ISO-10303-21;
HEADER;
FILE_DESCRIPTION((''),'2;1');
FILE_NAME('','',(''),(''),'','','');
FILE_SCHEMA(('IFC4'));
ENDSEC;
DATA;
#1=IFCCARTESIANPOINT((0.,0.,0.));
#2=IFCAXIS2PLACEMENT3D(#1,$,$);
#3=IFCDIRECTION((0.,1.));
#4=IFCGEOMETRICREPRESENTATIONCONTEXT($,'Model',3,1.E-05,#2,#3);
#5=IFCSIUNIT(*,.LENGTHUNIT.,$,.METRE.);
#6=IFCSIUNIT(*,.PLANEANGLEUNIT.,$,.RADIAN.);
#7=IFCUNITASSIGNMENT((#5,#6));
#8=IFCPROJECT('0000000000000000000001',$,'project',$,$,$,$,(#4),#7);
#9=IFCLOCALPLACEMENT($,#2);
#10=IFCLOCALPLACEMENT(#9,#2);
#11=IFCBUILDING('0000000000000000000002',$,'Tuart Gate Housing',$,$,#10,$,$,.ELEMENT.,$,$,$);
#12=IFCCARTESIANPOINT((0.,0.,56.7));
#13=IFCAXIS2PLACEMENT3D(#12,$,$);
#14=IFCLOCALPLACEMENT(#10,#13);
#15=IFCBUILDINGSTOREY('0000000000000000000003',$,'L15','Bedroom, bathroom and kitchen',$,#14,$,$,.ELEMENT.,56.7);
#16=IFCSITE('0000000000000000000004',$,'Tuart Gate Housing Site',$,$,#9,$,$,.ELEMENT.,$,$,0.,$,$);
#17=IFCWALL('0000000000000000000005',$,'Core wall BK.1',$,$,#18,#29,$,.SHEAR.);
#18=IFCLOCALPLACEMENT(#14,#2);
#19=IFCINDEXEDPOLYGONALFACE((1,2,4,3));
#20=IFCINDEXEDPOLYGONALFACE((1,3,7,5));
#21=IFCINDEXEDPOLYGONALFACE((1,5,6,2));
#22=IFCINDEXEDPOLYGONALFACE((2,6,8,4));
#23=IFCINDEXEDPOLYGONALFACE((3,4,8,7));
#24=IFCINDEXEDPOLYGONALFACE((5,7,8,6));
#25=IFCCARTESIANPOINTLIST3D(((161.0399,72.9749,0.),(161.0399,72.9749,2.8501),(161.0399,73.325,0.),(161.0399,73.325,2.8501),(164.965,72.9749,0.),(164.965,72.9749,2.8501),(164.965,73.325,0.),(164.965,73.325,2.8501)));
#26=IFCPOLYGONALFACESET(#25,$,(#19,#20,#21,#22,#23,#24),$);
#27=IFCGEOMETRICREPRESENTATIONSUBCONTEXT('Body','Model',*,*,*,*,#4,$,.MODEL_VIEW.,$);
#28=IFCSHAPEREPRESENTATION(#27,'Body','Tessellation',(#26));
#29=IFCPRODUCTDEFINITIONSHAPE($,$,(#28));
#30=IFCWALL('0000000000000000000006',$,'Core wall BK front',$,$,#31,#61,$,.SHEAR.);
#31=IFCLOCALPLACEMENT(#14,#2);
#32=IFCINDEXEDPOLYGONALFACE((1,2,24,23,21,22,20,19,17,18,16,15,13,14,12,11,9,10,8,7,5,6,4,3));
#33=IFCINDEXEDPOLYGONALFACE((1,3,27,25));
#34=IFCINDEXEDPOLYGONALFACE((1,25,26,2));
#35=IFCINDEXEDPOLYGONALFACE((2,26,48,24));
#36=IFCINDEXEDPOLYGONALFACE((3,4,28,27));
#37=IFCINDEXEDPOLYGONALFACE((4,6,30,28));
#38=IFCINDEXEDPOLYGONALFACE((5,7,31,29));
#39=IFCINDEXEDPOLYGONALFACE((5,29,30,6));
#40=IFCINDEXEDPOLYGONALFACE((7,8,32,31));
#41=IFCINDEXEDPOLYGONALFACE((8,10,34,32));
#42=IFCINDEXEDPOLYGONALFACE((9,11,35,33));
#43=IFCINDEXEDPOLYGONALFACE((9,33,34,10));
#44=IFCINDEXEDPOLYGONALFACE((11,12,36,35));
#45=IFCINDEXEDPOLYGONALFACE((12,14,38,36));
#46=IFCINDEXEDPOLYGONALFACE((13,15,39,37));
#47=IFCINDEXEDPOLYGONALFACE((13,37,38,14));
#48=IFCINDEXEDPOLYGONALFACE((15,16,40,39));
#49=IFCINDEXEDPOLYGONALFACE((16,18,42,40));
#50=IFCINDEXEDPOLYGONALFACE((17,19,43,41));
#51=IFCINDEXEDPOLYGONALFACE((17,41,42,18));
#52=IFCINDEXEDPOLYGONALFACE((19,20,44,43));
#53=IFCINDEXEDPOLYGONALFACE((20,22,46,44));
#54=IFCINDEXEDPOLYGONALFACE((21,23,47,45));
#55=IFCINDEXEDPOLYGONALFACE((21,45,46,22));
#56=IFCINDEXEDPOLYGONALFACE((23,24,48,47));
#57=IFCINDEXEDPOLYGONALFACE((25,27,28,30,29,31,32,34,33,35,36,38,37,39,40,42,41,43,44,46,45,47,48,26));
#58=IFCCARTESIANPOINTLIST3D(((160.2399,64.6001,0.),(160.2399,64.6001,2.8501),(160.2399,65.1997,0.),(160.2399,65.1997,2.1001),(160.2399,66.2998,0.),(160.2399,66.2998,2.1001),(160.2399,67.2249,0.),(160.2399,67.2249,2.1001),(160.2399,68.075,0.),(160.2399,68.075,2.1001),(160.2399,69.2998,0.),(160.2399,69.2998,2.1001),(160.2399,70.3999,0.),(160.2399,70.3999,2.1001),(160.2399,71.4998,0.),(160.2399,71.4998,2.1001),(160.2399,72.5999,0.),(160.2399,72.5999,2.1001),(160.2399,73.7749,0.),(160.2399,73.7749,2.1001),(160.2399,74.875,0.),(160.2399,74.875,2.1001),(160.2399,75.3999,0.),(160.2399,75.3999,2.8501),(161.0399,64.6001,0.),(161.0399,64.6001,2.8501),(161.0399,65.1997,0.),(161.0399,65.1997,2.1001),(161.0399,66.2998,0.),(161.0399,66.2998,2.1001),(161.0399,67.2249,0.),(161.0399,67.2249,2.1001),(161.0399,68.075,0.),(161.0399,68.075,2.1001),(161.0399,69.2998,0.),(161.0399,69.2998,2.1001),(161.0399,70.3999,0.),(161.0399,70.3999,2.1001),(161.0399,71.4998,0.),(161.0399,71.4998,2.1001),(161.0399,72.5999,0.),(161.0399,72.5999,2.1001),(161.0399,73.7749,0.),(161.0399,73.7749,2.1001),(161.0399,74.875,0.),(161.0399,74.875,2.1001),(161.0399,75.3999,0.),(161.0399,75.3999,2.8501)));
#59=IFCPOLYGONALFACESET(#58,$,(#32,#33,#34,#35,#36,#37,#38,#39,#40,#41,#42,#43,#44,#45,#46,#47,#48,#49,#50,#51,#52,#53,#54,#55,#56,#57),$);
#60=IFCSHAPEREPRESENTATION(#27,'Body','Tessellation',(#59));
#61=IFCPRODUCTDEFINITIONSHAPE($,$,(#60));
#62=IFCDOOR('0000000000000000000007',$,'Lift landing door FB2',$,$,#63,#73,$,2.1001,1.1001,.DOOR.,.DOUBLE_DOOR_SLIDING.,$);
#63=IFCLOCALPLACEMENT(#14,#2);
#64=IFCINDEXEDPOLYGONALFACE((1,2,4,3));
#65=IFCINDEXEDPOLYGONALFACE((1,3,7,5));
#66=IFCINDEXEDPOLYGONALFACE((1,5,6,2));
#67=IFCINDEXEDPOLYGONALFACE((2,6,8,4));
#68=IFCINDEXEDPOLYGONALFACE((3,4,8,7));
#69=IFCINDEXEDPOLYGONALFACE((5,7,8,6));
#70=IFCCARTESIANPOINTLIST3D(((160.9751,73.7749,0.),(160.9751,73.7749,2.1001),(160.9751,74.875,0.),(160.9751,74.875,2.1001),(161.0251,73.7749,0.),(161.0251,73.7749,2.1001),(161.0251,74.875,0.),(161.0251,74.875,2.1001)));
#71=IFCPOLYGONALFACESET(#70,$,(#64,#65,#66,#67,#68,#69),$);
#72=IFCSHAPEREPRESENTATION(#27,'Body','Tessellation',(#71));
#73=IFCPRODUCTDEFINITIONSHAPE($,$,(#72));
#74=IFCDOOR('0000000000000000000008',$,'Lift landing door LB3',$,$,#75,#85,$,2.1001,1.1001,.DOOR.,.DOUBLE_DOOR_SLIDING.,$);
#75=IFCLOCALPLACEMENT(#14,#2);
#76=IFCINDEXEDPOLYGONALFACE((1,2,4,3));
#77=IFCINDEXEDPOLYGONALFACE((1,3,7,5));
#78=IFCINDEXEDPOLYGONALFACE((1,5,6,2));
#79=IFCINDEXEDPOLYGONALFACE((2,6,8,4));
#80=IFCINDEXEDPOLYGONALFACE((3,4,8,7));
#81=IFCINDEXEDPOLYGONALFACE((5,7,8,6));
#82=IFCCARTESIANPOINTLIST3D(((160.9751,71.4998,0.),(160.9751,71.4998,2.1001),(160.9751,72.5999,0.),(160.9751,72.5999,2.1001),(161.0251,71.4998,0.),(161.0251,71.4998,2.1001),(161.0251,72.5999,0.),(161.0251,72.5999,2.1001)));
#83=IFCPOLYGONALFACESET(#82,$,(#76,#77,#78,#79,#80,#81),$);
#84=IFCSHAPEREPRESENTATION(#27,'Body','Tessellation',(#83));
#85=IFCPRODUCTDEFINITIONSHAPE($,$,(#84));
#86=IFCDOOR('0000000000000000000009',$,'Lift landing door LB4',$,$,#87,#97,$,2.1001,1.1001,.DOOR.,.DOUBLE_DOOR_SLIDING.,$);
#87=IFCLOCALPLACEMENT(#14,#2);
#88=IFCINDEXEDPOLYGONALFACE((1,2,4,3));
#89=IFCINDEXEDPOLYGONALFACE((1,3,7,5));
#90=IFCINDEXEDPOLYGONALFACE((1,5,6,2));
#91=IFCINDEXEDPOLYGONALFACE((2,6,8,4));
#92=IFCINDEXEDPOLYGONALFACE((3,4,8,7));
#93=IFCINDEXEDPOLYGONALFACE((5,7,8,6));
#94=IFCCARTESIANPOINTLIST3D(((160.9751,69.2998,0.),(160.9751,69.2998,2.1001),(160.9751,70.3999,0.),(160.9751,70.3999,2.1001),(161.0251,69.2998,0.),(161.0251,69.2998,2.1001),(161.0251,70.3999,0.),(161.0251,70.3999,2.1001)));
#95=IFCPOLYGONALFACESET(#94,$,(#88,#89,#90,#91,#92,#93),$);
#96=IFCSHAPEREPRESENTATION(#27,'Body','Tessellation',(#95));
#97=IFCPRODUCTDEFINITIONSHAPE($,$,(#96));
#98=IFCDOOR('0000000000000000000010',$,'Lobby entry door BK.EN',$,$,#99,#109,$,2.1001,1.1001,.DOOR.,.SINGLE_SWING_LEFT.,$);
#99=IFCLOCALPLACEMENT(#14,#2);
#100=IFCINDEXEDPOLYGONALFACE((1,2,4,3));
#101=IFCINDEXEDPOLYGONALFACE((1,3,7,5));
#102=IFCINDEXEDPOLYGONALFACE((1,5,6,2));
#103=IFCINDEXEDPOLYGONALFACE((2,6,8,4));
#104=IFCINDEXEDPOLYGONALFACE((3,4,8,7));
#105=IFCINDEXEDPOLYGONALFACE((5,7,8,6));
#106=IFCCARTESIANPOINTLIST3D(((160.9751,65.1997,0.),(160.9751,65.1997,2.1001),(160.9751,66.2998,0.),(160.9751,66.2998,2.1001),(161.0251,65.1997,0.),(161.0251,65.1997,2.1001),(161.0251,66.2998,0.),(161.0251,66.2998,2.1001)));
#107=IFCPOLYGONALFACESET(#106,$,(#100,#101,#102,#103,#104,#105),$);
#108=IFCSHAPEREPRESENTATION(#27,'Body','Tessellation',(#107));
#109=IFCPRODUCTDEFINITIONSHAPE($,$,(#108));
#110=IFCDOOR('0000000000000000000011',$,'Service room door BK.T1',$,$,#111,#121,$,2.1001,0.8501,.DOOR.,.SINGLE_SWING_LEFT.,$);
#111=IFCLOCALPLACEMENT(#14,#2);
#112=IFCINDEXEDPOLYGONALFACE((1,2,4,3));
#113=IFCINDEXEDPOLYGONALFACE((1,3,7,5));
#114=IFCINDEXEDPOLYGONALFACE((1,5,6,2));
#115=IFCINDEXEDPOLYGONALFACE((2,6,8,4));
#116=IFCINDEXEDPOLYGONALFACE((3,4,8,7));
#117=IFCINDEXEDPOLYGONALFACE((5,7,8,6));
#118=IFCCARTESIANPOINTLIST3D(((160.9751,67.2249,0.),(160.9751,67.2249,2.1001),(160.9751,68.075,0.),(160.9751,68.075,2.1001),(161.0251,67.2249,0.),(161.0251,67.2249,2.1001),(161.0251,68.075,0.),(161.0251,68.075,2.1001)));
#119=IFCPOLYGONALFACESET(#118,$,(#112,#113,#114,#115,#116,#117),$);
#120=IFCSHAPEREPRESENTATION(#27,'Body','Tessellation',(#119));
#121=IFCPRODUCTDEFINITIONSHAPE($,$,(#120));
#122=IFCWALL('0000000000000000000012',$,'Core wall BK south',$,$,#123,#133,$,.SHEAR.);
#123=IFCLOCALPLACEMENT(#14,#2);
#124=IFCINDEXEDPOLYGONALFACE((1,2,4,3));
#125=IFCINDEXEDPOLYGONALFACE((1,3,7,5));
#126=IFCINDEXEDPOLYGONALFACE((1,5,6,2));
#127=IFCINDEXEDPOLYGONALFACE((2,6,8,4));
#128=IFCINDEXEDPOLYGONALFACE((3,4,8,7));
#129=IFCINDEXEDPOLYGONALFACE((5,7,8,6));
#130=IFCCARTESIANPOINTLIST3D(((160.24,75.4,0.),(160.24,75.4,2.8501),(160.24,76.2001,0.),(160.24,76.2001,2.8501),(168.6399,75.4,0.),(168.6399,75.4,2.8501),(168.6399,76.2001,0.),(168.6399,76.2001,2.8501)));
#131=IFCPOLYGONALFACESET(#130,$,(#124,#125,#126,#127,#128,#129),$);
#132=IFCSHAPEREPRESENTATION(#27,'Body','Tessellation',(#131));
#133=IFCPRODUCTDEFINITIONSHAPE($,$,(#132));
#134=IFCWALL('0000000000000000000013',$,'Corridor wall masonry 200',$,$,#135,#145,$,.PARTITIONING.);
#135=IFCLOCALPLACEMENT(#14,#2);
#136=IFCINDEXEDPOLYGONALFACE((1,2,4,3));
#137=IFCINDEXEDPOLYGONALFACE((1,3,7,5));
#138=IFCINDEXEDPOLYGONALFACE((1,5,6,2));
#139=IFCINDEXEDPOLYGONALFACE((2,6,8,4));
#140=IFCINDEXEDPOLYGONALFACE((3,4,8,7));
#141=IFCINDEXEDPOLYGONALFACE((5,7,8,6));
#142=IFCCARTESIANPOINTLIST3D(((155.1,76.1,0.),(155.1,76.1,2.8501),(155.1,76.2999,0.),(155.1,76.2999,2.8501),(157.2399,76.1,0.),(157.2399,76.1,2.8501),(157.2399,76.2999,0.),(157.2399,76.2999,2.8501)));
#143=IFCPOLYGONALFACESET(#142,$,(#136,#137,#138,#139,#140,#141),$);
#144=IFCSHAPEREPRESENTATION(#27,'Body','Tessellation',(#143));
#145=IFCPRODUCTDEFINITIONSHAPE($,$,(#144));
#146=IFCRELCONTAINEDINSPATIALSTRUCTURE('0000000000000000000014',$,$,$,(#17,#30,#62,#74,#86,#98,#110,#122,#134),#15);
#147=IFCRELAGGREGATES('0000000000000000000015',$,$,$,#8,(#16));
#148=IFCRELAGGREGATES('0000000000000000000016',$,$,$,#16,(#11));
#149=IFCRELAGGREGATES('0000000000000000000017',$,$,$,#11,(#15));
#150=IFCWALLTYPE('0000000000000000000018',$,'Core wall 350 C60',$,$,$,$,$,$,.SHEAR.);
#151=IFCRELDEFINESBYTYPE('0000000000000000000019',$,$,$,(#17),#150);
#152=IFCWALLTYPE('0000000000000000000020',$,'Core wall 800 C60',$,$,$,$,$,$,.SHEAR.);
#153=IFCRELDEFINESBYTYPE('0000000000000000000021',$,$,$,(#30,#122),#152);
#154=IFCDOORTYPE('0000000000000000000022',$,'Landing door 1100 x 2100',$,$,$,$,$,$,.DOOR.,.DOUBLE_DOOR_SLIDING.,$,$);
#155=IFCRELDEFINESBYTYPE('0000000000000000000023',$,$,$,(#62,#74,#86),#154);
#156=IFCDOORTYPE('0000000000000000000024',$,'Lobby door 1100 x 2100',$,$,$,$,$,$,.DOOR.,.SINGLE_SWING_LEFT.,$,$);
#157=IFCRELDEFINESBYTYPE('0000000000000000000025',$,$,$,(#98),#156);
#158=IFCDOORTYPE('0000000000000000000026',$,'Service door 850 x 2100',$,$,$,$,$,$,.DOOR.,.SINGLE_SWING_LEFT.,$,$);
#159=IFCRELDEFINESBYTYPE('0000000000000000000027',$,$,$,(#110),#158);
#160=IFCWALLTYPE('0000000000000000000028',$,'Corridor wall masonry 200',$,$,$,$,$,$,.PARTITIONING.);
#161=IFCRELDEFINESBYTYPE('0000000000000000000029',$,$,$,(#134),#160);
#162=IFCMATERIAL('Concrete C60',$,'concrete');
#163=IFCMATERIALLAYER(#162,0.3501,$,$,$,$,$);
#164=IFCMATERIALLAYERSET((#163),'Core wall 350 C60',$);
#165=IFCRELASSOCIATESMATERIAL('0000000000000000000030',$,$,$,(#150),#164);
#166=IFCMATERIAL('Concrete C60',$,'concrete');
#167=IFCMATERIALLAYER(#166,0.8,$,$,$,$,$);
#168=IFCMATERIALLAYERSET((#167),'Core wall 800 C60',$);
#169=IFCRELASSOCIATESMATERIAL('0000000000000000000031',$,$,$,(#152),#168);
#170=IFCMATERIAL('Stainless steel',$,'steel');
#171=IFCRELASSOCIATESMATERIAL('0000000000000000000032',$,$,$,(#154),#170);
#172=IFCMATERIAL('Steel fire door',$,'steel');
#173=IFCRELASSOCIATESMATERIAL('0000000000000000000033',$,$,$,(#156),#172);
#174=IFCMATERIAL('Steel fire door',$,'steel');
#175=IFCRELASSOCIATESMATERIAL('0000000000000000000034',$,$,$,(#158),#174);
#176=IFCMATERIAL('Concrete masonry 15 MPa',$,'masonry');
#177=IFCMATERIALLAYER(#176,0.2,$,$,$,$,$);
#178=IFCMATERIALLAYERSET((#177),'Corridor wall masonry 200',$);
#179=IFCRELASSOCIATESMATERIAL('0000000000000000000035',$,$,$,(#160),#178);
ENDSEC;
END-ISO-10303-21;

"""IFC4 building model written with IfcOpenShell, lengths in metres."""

from ifc_helpers import new_model, si_unit, direction, frame, frame_2d, origin, place, context, subcontext, project, spatial, rectangle, extrude, material, layer, layer_set, type_object, element, fill, save


model = new_model("IFC4")

# Units and contexts
model_context = context("Model", 3, precision=1e-05, world=origin(), true_north=direction((0.0, 1.0)))
body_context = subcontext(model_context, "Body", "Model", "MODEL_VIEW")
ifc_project = project(units=[si_unit("LENGTHUNIT", "METRE"), si_unit("PLANEANGLEUNIT", "RADIAN")], contexts=[model_context])

# Site, building, storey
site_placement = place(None, origin())
site = spatial("IfcSite", under=ifc_project, at=site_placement, Name="Tuart Gate Housing Site", CompositionType="ELEMENT", RefElevation=0.0)
building_placement = place(site_placement, origin())
building = spatial("IfcBuilding", under=site, at=building_placement, Name="Tuart Gate Housing", CompositionType="ELEMENT")
storey_placement = place(building_placement, frame((0.0, 0.0, 56.7)))
storey = spatial("IfcBuildingStorey", under=building, at=storey_placement, Name="L15", Description="Bedroom, bathroom and kitchen", CompositionType="ELEMENT", Elevation=56.7)

# Wall
ifc_material_1 = material(Name="Concrete C60", Category="concrete")
ifc_layer_1 = layer(ifc_material_1, 0.3501)
ifc_layer_set_1 = layer_set([ifc_layer_1], Name="Core wall 350 C60")
wall_type_1 = type_object("IfcWallType", Name="Core wall 350 C60", PredefinedType="SHEAR", material=ifc_layer_set_1)
wall_1_placement = place(storey_placement, frame((161.04, 73.1499, 0.0), z_axis=(0.0, 0.0, 1.0), x_axis=(1.0, 0.0, 0.0)))
element("IfcWall", 1, at=wall_1_placement, inside=storey, type_object=wall_type_1, Name="Core wall BK.1", PredefinedType="SHEAR", context=body_context, shape_type="SweptSolid", body=[
    extrude(rectangle(XDim=3.925, YDim=0.3501, at=frame_2d((1.9624, 0.0))), origin(), (0.0, 0.0, 1.0), 2.8501),
])

# Wall, openings, doors
ifc_material_2 = material(Name="Concrete C60", Category="concrete")
ifc_layer_2 = layer(ifc_material_2, 0.8)
ifc_layer_set_2 = layer_set([ifc_layer_2], Name="Core wall 800 C60")
wall_type_2 = type_object("IfcWallType", Name="Core wall 800 C60", PredefinedType="SHEAR", material=ifc_layer_set_2)
wall_2_placement = place(storey_placement, frame((160.6399, 75.3999, 0.0), z_axis=(0.0, 0.0, 1.0), x_axis=(0.0, -1.0, 0.0)))
wall_2 = element("IfcWall", 2, at=wall_2_placement, inside=storey, type_object=wall_type_2, Name="Core wall BK front", PredefinedType="SHEAR", context=body_context, shape_type="SweptSolid", body=[
    extrude(rectangle(XDim=10.7998, YDim=0.8, at=frame_2d((5.3999, 0.0))), origin(), (0.0, 0.0, 1.0), 2.8501),
])
opening_1_placement = place(wall_2_placement, frame((0.5249, 0.0, 0.0)))
opening_1 = element("IfcOpeningElement", 3, at=opening_1_placement, cuts=wall_2, PredefinedType="OPENING", context=body_context, shape_type="SweptSolid", body=[
    extrude(rectangle(XDim=1.1001, YDim=2.1001, at=frame_2d((0.55, 1.05))), frame((0.0, 0.4099, 0.0), z_axis=(0.0, -1.0, 0.0), x_axis=(1.0, 0.0, 0.0)), (0.0, 0.0, 1.0), 0.8201),
])
opening_2_placement = place(wall_2_placement, frame((2.8, 0.0, 0.0)))
opening_2 = element("IfcOpeningElement", 4, at=opening_2_placement, cuts=wall_2, PredefinedType="OPENING", context=body_context, shape_type="SweptSolid", body=[
    extrude(rectangle(XDim=1.1001, YDim=2.1001, at=frame_2d((0.55, 1.05))), frame((0.0, 0.4099, 0.0), z_axis=(0.0, -1.0, 0.0), x_axis=(1.0, 0.0, 0.0)), (0.0, 0.0, 1.0), 0.8201),
])
opening_3_placement = place(wall_2_placement, frame((5.0, 0.0, 0.0)))
opening_3 = element("IfcOpeningElement", 5, at=opening_3_placement, cuts=wall_2, PredefinedType="OPENING", context=body_context, shape_type="SweptSolid", body=[
    extrude(rectangle(XDim=1.1001, YDim=2.1001, at=frame_2d((0.55, 1.05))), frame((0.0, 0.4099, 0.0), z_axis=(0.0, -1.0, 0.0), x_axis=(1.0, 0.0, 0.0)), (0.0, 0.0, 1.0), 0.8201),
])
opening_4_placement = place(wall_2_placement, frame((9.1001, 0.0, 0.0)))
opening_4 = element("IfcOpeningElement", 6, at=opening_4_placement, cuts=wall_2, PredefinedType="OPENING", context=body_context, shape_type="SweptSolid", body=[
    extrude(rectangle(XDim=1.1001, YDim=2.1001, at=frame_2d((0.55, 1.05))), frame((0.0, 0.4099, 0.0), z_axis=(0.0, -1.0, 0.0), x_axis=(1.0, 0.0, 0.0)), (0.0, 0.0, 1.0), 0.8201),
])
opening_5_placement = place(wall_2_placement, frame((7.325, 0.0, 0.0)))
opening_5 = element("IfcOpeningElement", 7, at=opening_5_placement, cuts=wall_2, PredefinedType="OPENING", context=body_context, shape_type="SweptSolid", body=[
    extrude(rectangle(XDim=0.8501, YDim=2.1001, at=frame_2d((0.425, 1.05))), frame((0.0, 0.4099, 0.0), z_axis=(0.0, -1.0, 0.0), x_axis=(1.0, 0.0, 0.0)), (0.0, 0.0, 1.0), 0.8201),
])
ifc_material_3 = material(Name="Stainless steel", Category="steel")
door_type_1 = type_object("IfcDoorType", Name="Landing door 1100 x 2100", OperationType="DOUBLE_DOOR_SLIDING", PredefinedType="DOOR", material=ifc_material_3)
door_1_placement = place(opening_1_placement, origin())
door_1 = element("IfcDoor", 8, at=door_1_placement, inside=storey, type_object=door_type_1, Name="Lift landing door FB2", OperationType="DOUBLE_DOOR_SLIDING", OverallHeight=2.1001, OverallWidth=1.1001, PredefinedType="DOOR", context=body_context, shape_type="SweptSolid", body=[
    extrude(rectangle(XDim=1.1001, YDim=2.1001, at=frame_2d((0.55, 1.05))), frame((0.0, 0.3853, 0.0), z_axis=(0.0, -1.0, 0.0), x_axis=(1.0, 0.0, 0.0)), (0.0, 0.0, 1.0), 0.05),
])
fill(opening_1, door_1)
door_2_placement = place(opening_2_placement, origin())
door_2 = element("IfcDoor", 9, at=door_2_placement, inside=storey, type_object=door_type_1, Name="Lift landing door LB3", OperationType="DOUBLE_DOOR_SLIDING", OverallHeight=2.1001, OverallWidth=1.1001, PredefinedType="DOOR", context=body_context, shape_type="SweptSolid", body=[
    extrude(rectangle(XDim=1.1001, YDim=2.1001, at=frame_2d((0.55, 1.05))), frame((0.0, 0.3853, 0.0), z_axis=(0.0, -1.0, 0.0), x_axis=(1.0, 0.0, 0.0)), (0.0, 0.0, 1.0), 0.05),
])
fill(opening_2, door_2)
door_3_placement = place(opening_3_placement, origin())
door_3 = element("IfcDoor", 10, at=door_3_placement, inside=storey, type_object=door_type_1, Name="Lift landing door LB4", OperationType="DOUBLE_DOOR_SLIDING", OverallHeight=2.1001, OverallWidth=1.1001, PredefinedType="DOOR", context=body_context, shape_type="SweptSolid", body=[
    extrude(rectangle(XDim=1.1001, YDim=2.1001, at=frame_2d((0.55, 1.05))), frame((0.0, 0.3853, 0.0), z_axis=(0.0, -1.0, 0.0), x_axis=(1.0, 0.0, 0.0)), (0.0, 0.0, 1.0), 0.05),
])
fill(opening_3, door_3)
ifc_material_4 = material(Name="Steel fire door", Category="steel")
door_type_2 = type_object("IfcDoorType", Name="Lobby door 1100 x 2100", OperationType="SINGLE_SWING_LEFT", PredefinedType="DOOR", material=ifc_material_4)
door_4_placement = place(opening_4_placement, origin())
door_4 = element("IfcDoor", 11, at=door_4_placement, inside=storey, type_object=door_type_2, Name="Lobby entry door BK.EN", OperationType="SINGLE_SWING_LEFT", OverallHeight=2.1001, OverallWidth=1.1001, PredefinedType="DOOR", context=body_context, shape_type="SweptSolid", body=[
    extrude(rectangle(XDim=1.1001, YDim=2.1001, at=frame_2d((0.55, 1.05))), frame((0.0, 0.3853, 0.0), z_axis=(0.0, -1.0, 0.0), x_axis=(1.0, 0.0, 0.0)), (0.0, 0.0, 1.0), 0.05),
])
fill(opening_4, door_4)
ifc_material_5 = material(Name="Steel fire door", Category="steel")
door_type_3 = type_object("IfcDoorType", Name="Service door 850 x 2100", OperationType="SINGLE_SWING_LEFT", PredefinedType="DOOR", material=ifc_material_5)
door_5_placement = place(opening_5_placement, origin())
door_5 = element("IfcDoor", 12, at=door_5_placement, inside=storey, type_object=door_type_3, Name="Service room door BK.T1", OperationType="SINGLE_SWING_LEFT", OverallHeight=2.1001, OverallWidth=0.8501, PredefinedType="DOOR", context=body_context, shape_type="SweptSolid", body=[
    extrude(rectangle(XDim=0.8501, YDim=2.1001, at=frame_2d((0.425, 1.05))), frame((0.0, 0.3853, 0.0), z_axis=(0.0, -1.0, 0.0), x_axis=(1.0, 0.0, 0.0)), (0.0, 0.0, 1.0), 0.05),
])
fill(opening_5, door_5)

# Walls
wall_3_placement = place(storey_placement, frame((160.24, 75.8, 0.0), z_axis=(0.0, 0.0, 1.0), x_axis=(1.0, 0.0, 0.0)))
element("IfcWall", 13, at=wall_3_placement, inside=storey, type_object=wall_type_2, Name="Core wall BK south", PredefinedType="SHEAR", context=body_context, shape_type="SweptSolid", body=[
    extrude(rectangle(XDim=8.3999, YDim=0.8, at=frame_2d((4.2, 0.0))), origin(), (0.0, 0.0, 1.0), 2.8501),
])
ifc_material_6 = material(Name="Concrete masonry 15 MPa", Category="masonry")
ifc_layer_3 = layer(ifc_material_6, 0.2)
ifc_layer_set_3 = layer_set([ifc_layer_3], Name="Corridor wall masonry 200")
wall_type_3 = type_object("IfcWallType", Name="Corridor wall masonry 200", PredefinedType="PARTITIONING", material=ifc_layer_set_3)
wall_4_placement = place(storey_placement, frame((155.1001, 76.2, 0.0), z_axis=(0.0, 0.0, 1.0), x_axis=(1.0, 0.0, 0.0)))
element("IfcWall", 14, at=wall_4_placement, inside=storey, type_object=wall_type_3, Name="Corridor wall masonry 200", PredefinedType="PARTITIONING", context=body_context, shape_type="SweptSolid", body=[
    extrude(rectangle(XDim=2.1399, YDim=0.2, at=frame_2d((1.0698, 0.0))), origin(), (0.0, 0.0, 1.0), 2.8501),
])

save(model, "model.ifc")
